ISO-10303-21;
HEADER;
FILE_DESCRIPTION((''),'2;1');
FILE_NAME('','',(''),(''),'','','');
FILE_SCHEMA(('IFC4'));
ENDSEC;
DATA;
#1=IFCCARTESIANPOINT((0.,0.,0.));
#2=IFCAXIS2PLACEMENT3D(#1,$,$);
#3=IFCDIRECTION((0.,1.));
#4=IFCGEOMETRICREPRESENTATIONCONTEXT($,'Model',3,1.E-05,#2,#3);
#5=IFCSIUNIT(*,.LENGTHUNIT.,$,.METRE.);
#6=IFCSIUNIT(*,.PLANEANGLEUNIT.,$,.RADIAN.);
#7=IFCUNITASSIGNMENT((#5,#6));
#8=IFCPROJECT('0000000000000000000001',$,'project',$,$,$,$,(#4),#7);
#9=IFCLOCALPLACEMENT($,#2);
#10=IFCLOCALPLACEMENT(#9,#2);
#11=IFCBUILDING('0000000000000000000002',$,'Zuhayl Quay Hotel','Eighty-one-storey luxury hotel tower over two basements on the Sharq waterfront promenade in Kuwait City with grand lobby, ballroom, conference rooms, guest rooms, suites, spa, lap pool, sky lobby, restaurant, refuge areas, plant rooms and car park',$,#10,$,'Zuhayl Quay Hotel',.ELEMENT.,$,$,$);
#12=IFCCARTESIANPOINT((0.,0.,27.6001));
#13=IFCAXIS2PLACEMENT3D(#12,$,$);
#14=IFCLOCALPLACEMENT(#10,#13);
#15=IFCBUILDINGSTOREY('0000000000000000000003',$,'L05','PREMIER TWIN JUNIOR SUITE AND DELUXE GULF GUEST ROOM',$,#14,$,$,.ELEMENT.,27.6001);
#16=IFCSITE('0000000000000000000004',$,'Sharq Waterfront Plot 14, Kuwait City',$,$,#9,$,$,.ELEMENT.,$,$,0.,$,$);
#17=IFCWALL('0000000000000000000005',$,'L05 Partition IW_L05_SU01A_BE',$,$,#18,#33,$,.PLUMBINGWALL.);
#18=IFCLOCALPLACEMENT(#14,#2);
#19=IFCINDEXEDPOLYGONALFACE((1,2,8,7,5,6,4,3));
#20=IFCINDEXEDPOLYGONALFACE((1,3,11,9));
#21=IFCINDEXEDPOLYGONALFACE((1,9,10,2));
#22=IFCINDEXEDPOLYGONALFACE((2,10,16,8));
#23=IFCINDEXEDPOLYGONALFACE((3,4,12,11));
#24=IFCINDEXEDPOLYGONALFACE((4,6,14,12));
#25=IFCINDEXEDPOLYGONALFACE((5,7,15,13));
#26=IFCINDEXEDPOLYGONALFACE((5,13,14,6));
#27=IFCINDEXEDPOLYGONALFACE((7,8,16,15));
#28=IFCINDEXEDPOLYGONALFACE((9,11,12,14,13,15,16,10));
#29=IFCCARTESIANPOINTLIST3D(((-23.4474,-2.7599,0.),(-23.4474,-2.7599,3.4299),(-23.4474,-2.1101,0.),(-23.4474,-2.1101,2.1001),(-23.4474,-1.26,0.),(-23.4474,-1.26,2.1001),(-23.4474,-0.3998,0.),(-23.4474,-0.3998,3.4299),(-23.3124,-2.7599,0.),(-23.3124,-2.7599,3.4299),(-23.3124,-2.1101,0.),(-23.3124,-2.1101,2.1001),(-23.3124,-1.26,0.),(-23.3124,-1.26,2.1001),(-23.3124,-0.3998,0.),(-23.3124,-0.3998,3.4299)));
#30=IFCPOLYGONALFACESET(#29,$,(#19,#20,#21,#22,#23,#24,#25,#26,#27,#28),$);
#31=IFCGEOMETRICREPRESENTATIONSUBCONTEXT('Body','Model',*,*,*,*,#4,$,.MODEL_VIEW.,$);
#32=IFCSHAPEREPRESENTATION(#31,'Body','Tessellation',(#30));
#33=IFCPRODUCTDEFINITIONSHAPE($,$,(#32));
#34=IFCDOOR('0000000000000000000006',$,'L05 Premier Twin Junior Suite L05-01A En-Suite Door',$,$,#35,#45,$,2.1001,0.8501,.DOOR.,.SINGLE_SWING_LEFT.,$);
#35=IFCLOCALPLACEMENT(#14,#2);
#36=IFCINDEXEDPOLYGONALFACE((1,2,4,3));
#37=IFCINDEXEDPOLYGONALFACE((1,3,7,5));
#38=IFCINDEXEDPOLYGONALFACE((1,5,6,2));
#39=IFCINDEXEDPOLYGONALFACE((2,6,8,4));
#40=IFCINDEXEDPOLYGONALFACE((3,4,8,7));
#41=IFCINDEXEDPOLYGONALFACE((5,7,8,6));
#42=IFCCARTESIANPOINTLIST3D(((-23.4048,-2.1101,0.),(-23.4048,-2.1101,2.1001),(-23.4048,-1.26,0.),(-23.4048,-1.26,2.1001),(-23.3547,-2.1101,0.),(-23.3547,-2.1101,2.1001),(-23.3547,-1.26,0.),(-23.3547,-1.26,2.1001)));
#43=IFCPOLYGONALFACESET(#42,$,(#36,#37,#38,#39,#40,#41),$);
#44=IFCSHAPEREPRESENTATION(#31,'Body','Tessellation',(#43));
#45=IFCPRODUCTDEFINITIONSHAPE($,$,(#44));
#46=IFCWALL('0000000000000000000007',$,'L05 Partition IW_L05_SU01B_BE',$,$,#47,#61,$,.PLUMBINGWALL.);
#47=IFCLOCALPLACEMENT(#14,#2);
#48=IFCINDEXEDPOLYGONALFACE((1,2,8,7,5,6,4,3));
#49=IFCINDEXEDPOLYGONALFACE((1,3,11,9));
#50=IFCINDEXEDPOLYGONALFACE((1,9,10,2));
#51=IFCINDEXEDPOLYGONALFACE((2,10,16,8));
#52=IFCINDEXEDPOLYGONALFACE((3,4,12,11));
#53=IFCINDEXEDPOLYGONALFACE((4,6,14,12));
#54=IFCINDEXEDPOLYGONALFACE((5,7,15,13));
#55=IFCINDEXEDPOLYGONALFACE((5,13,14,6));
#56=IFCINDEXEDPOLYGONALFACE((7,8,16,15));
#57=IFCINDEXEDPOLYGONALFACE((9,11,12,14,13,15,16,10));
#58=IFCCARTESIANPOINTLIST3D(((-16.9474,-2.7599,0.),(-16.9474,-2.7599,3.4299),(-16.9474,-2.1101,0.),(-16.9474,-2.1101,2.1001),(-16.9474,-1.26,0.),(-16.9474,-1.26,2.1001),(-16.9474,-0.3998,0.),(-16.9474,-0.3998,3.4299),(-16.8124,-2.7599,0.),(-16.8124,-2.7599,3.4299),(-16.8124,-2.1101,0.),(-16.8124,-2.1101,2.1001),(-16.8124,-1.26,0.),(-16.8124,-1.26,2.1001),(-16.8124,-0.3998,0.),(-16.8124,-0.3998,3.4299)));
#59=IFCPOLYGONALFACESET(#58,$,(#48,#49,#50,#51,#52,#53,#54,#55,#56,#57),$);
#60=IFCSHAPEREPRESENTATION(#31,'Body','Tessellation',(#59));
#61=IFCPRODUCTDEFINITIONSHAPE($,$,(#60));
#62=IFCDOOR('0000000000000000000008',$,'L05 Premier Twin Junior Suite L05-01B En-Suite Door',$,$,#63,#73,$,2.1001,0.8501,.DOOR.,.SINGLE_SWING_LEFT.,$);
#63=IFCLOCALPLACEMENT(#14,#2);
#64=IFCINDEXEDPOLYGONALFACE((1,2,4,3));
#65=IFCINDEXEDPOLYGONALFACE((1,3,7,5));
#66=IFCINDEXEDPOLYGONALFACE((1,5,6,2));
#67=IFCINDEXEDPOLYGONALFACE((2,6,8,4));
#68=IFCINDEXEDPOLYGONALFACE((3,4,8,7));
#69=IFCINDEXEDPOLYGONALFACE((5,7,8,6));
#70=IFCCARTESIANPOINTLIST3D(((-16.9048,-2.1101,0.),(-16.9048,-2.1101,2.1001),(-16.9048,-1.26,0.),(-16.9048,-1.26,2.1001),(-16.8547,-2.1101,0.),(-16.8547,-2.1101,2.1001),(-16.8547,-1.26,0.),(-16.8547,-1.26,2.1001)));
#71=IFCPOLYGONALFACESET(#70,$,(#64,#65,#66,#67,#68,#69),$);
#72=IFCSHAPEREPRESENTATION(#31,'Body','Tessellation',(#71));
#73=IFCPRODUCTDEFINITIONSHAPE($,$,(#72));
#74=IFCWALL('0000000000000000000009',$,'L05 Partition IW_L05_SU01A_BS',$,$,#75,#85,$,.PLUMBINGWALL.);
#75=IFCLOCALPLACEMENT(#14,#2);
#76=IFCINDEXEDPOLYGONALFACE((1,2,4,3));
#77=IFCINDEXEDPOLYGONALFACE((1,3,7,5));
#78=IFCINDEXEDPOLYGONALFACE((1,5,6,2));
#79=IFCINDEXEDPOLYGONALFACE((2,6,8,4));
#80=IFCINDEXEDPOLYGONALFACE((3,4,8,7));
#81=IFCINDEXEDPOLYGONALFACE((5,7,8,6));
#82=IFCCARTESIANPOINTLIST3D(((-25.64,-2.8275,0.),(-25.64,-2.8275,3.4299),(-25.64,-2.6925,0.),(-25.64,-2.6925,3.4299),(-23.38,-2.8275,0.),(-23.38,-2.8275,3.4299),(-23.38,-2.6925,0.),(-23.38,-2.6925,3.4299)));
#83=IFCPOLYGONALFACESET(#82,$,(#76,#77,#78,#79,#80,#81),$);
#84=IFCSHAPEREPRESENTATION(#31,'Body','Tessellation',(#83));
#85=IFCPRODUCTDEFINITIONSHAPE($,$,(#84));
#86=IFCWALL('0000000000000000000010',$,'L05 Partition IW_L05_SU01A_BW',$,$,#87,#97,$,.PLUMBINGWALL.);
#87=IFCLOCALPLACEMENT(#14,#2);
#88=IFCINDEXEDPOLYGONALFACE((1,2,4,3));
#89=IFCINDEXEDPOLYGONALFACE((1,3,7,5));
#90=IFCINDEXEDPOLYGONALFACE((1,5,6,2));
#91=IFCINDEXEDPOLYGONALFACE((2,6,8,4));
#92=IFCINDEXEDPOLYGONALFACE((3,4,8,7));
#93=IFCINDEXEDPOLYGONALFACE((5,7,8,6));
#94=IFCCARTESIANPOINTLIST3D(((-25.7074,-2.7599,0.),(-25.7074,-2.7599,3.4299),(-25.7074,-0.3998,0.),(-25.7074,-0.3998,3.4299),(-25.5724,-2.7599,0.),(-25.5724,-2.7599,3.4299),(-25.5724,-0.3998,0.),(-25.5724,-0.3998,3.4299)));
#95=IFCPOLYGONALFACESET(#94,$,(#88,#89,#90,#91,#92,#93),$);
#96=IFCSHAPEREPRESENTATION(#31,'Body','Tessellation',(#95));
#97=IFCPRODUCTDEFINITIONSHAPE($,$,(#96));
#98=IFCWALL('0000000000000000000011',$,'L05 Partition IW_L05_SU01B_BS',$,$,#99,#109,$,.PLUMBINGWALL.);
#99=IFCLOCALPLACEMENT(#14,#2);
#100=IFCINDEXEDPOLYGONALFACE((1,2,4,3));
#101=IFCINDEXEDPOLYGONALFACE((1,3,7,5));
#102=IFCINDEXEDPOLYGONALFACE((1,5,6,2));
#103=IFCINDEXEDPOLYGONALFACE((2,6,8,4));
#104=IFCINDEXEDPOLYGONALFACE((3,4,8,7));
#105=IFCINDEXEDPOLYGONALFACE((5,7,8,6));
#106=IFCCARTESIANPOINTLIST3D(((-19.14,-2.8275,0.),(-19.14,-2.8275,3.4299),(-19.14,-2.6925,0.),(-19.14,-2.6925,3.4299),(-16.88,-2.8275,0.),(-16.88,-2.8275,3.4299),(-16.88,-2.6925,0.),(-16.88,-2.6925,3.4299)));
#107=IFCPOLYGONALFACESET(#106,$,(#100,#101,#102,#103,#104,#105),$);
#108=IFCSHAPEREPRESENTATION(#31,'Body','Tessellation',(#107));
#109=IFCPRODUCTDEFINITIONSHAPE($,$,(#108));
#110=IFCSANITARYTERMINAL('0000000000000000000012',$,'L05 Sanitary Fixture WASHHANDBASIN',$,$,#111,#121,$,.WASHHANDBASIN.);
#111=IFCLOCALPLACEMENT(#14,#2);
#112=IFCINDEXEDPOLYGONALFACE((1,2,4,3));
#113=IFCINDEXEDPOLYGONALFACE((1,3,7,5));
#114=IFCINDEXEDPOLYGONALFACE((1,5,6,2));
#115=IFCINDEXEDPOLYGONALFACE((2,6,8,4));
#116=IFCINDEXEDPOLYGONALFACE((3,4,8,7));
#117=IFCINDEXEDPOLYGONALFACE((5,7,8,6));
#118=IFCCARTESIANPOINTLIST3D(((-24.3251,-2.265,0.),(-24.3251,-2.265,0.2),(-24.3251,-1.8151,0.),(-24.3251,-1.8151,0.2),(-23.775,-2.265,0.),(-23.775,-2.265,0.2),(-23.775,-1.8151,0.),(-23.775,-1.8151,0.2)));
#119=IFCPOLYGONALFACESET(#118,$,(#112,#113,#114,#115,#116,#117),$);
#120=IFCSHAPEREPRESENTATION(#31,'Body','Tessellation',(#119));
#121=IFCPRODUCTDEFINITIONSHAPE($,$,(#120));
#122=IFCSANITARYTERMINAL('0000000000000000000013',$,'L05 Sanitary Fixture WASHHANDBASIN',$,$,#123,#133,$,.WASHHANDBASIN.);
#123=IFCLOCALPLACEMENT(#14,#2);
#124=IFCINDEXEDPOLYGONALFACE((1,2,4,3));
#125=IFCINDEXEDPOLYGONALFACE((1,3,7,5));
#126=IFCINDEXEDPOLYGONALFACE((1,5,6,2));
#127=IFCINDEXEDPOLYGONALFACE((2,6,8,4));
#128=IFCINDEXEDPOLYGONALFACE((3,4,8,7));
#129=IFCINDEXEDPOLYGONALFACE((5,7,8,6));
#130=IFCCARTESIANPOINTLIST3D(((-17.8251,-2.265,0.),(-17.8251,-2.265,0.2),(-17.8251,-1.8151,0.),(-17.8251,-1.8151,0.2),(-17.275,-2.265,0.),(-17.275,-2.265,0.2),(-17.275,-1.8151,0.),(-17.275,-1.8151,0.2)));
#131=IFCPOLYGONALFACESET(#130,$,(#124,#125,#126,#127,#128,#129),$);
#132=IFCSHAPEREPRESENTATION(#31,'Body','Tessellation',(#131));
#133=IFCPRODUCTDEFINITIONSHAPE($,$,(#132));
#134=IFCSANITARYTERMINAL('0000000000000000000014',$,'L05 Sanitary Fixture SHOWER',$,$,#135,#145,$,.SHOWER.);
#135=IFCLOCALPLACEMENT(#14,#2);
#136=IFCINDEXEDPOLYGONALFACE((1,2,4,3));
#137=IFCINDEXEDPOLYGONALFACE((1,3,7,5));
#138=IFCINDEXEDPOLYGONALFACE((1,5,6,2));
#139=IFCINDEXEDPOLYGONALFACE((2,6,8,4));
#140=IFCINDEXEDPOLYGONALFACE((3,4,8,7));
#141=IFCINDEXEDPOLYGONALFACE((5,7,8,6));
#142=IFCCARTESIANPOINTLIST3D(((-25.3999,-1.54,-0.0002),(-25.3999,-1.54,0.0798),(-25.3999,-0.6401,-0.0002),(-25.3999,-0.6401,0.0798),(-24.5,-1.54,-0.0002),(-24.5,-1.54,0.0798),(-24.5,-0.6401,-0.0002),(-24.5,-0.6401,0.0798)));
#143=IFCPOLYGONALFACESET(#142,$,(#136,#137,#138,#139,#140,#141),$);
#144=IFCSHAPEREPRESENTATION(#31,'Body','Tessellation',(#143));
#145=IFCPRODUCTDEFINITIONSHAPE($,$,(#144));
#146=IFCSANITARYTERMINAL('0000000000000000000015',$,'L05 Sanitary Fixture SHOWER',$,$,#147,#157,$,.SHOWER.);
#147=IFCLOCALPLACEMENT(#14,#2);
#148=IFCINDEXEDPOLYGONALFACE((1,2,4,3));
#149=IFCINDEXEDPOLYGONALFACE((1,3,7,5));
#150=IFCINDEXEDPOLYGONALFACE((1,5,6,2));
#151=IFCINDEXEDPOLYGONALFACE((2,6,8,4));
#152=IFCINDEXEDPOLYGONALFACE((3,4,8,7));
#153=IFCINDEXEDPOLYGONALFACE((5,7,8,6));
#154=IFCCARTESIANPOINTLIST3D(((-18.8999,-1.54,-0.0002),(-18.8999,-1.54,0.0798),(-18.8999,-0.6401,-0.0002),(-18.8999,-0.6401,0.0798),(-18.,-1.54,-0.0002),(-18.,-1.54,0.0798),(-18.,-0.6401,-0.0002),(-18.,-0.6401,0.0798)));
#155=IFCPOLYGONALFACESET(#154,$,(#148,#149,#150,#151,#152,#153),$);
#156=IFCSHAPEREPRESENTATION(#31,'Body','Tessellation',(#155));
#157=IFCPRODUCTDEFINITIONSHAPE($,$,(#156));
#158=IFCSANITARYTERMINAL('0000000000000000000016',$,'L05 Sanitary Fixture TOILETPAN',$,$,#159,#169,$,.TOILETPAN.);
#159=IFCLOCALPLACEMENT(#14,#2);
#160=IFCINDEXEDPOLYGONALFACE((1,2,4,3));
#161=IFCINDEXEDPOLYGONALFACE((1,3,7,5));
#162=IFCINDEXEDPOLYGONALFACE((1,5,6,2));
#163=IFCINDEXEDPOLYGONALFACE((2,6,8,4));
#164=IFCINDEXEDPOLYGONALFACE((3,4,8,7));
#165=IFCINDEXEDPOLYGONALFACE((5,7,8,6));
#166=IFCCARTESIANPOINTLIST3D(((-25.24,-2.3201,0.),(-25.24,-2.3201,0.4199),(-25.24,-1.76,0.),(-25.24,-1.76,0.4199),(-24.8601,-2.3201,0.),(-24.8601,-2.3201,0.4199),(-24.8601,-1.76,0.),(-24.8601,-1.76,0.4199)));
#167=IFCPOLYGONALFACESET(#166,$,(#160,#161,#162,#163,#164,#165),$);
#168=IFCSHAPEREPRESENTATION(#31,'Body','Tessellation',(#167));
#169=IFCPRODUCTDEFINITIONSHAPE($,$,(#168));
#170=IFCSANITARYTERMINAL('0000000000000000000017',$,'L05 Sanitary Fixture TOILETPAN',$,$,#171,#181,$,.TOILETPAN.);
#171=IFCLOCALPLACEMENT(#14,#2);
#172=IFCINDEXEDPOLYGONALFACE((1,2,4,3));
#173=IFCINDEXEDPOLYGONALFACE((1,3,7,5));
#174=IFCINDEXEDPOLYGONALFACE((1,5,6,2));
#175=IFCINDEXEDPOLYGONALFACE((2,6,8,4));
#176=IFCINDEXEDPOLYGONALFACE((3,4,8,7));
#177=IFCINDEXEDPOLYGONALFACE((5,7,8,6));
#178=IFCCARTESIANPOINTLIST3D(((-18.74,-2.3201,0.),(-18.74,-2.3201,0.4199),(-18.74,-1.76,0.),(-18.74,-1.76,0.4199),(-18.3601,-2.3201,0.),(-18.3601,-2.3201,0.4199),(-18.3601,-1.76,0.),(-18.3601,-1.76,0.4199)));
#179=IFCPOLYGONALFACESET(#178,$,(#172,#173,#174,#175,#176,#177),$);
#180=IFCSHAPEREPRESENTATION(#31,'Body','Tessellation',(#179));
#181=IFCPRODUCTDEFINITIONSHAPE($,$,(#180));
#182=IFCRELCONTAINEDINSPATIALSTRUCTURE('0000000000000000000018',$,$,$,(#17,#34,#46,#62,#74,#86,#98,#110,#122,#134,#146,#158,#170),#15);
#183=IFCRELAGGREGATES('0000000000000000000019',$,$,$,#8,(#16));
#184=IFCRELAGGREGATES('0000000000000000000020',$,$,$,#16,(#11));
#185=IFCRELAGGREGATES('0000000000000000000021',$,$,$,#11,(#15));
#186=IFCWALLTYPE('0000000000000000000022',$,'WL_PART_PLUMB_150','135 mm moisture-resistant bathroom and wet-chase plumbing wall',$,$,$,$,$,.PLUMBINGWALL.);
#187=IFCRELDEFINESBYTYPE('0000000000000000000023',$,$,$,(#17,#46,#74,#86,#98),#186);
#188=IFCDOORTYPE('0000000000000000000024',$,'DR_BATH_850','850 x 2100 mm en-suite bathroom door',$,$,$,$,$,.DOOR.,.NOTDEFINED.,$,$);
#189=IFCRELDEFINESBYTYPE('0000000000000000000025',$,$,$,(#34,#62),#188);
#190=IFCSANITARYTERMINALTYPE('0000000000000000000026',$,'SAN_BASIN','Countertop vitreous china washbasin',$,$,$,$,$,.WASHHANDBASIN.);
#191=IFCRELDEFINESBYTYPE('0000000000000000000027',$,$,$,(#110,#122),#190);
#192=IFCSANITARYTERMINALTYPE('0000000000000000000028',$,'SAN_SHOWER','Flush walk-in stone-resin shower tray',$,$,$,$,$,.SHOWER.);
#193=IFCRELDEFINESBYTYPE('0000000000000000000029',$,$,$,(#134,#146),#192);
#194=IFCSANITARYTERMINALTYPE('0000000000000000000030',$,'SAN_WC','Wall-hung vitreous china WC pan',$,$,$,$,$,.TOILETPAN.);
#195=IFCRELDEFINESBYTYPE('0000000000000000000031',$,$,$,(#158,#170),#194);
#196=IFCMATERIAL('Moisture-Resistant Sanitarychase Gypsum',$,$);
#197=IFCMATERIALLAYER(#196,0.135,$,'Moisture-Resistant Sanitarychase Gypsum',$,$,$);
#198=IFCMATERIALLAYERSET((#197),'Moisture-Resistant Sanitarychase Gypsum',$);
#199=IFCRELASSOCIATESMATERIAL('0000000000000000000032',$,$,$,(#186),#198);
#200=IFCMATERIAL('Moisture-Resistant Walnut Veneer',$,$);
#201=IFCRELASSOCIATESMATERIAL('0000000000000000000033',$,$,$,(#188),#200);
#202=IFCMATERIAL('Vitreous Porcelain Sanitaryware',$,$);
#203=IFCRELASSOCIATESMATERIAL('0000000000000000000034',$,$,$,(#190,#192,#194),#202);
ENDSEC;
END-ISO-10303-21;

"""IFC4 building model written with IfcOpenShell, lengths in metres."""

from ifc_helpers import new_model, si_unit, direction, frame, frame_2d, origin, origin_2d, place, context, subcontext, project, spatial, rectangle, extrude, material, layer, layer_set, type_object, element, fill, save


model = new_model("IFC4")

# Units and contexts
model_context = context("Model", 3, precision=1e-05, world=origin(), true_north=direction((0.0, 1.0)))
body_context = subcontext(model_context, "Body", "Model", "MODEL_VIEW")
ifc_project = project(units=[si_unit("LENGTHUNIT", "METRE"), si_unit("PLANEANGLEUNIT", "RADIAN")], contexts=[model_context])

# Site, building, storey
site_placement = place(None, origin())
site = spatial("IfcSite", under=ifc_project, at=site_placement, Name="Sharq Waterfront Plot 14, Kuwait City", CompositionType="ELEMENT", RefElevation=0.0)
building_placement = place(site_placement, origin())
building = spatial("IfcBuilding", under=site, at=building_placement, Name="Zuhayl Quay Hotel", Description="Eighty-one-storey luxury hotel tower over two basements on the Sharq waterfront promenade in Kuwait City with grand lobby, ballroom, conference rooms, guest rooms, suites, spa, lap pool, sky lobby, restaurant, refuge areas, plant rooms and car park", LongName="Zuhayl Quay Hotel", CompositionType="ELEMENT")
storey_placement = place(building_placement, frame((0.0, 0.0, 27.6001)))
storey = spatial("IfcBuildingStorey", under=building, at=storey_placement, Name="L05", Description="PREMIER TWIN JUNIOR SUITE AND DELUXE GULF GUEST ROOM", CompositionType="ELEMENT", Elevation=27.6001)

# Walls, openings, doors
ifc_material_1 = material(Name="Moisture-Resistant Sanitarychase Gypsum")
ifc_layer_1 = layer(ifc_material_1, 0.135, Name="Moisture-Resistant Sanitarychase Gypsum")
ifc_layer_set_1 = layer_set([ifc_layer_1], Name="Moisture-Resistant Sanitarychase Gypsum")
wall_type_1 = type_object("IfcWallType", Name="WL_PART_PLUMB_150", Description="135 mm moisture-resistant bathroom and wet-chase plumbing wall", PredefinedType="PLUMBINGWALL", material=ifc_layer_set_1)
wall_1_placement = place(storey_placement, frame((-23.3799, -2.76, 0.0), z_axis=(0.0, 0.0, 1.0), x_axis=(0.0, 1.0, 0.0)))
wall_1 = element("IfcWall", 1, at=wall_1_placement, inside=storey, type_object=wall_type_1, Name="L05 Partition IW_L05_SU01A_BE", PredefinedType="PLUMBINGWALL", context=body_context, shape_type="SweptSolid", body=[
    extrude(rectangle(XDim=2.3601, YDim=0.135, at=frame_2d((1.1802, 0.0))), origin(), (0.0, 0.0, 1.0), 3.4299),
])
opening_1_placement = place(wall_1_placement, frame((0.6499, 0.0, 0.0)))
opening_1 = element("IfcOpeningElement", 2, at=opening_1_placement, cuts=wall_1, PredefinedType="OPENING", context=body_context, shape_type="SweptSolid", body=[
    extrude(rectangle(XDim=0.8501, YDim=2.1001, at=frame_2d((0.425, 1.05))), frame((0.0, 0.0774, 0.0), z_axis=(0.0, -1.0, 0.0), x_axis=(1.0, 0.0, 0.0)), (0.0, 0.0, 1.0), 0.155),
])
ifc_material_2 = material(Name="Moisture-Resistant Walnut Veneer")
door_type_1 = type_object("IfcDoorType", Name="DR_BATH_850", Description="850 x 2100 mm en-suite bathroom door", OperationType="NOTDEFINED", PredefinedType="DOOR", material=ifc_material_2)
door_1_placement = place(opening_1_placement, origin())
door_1 = element("IfcDoor", 3, at=door_1_placement, inside=storey, type_object=door_type_1, Name="L05 Premier Twin Junior Suite L05-01A En-Suite Door", OperationType="SINGLE_SWING_LEFT", OverallHeight=2.1001, OverallWidth=0.8501, PredefinedType="DOOR", context=body_context, shape_type="SweptSolid", body=[
    extrude(rectangle(XDim=0.8501, YDim=2.1001, at=frame_2d((0.425, 1.05))), frame((0.0, 0.0249, 0.0), z_axis=(0.0, -1.0, 0.0), x_axis=(1.0, 0.0, 0.0)), (0.0, 0.0, 1.0), 0.05),
])
fill(opening_1, door_1)
wall_2_placement = place(storey_placement, frame((-16.8799, -2.76, 0.0), z_axis=(0.0, 0.0, 1.0), x_axis=(0.0, 1.0, 0.0)))
wall_2 = element("IfcWall", 4, at=wall_2_placement, inside=storey, type_object=wall_type_1, Name="L05 Partition IW_L05_SU01B_BE", PredefinedType="PLUMBINGWALL", context=body_context, shape_type="SweptSolid", body=[
    extrude(rectangle(XDim=2.3601, YDim=0.135, at=frame_2d((1.1802, 0.0))), origin(), (0.0, 0.0, 1.0), 3.4299),
])
opening_2_placement = place(wall_2_placement, frame((0.6499, 0.0, 0.0)))
opening_2 = element("IfcOpeningElement", 5, at=opening_2_placement, cuts=wall_2, PredefinedType="OPENING", context=body_context, shape_type="SweptSolid", body=[
    extrude(rectangle(XDim=0.8501, YDim=2.1001, at=frame_2d((0.425, 1.05))), frame((0.0, 0.0774, 0.0), z_axis=(0.0, -1.0, 0.0), x_axis=(1.0, 0.0, 0.0)), (0.0, 0.0, 1.0), 0.155),
])
door_2_placement = place(opening_2_placement, origin())
door_2 = element("IfcDoor", 6, at=door_2_placement, inside=storey, type_object=door_type_1, Name="L05 Premier Twin Junior Suite L05-01B En-Suite Door", OperationType="SINGLE_SWING_LEFT", OverallHeight=2.1001, OverallWidth=0.8501, PredefinedType="DOOR", context=body_context, shape_type="SweptSolid", body=[
    extrude(rectangle(XDim=0.8501, YDim=2.1001, at=frame_2d((0.425, 1.05))), frame((0.0, 0.0249, 0.0), z_axis=(0.0, -1.0, 0.0), x_axis=(1.0, 0.0, 0.0)), (0.0, 0.0, 1.0), 0.05),
])
fill(opening_2, door_2)

# Walls
wall_3_placement = place(storey_placement, frame((-25.6399, -2.76, 0.0), z_axis=(0.0, 0.0, 1.0), x_axis=(1.0, 0.0, 0.0)))
element("IfcWall", 7, at=wall_3_placement, inside=storey, type_object=wall_type_1, Name="L05 Partition IW_L05_SU01A_BS", PredefinedType="PLUMBINGWALL", context=body_context, shape_type="SweptSolid", body=[
    extrude(rectangle(XDim=2.26, YDim=0.135, at=frame_2d((1.1299, 0.0))), origin(), (0.0, 0.0, 1.0), 3.4299),
])
wall_4_placement = place(storey_placement, frame((-25.6399, -2.76, 0.0), z_axis=(0.0, 0.0, 1.0), x_axis=(0.0, 1.0, 0.0)))
element("IfcWall", 8, at=wall_4_placement, inside=storey, type_object=wall_type_1, Name="L05 Partition IW_L05_SU01A_BW", PredefinedType="PLUMBINGWALL", context=body_context, shape_type="SweptSolid", body=[
    extrude(rectangle(XDim=2.3601, YDim=0.135, at=frame_2d((1.1802, 0.0))), origin(), (0.0, 0.0, 1.0), 3.4299),
])
wall_5_placement = place(storey_placement, frame((-19.1399, -2.76, 0.0), z_axis=(0.0, 0.0, 1.0), x_axis=(1.0, 0.0, 0.0)))
element("IfcWall", 9, at=wall_5_placement, inside=storey, type_object=wall_type_1, Name="L05 Partition IW_L05_SU01B_BS", PredefinedType="PLUMBINGWALL", context=body_context, shape_type="SweptSolid", body=[
    extrude(rectangle(XDim=2.26, YDim=0.135, at=frame_2d((1.1299, 0.0))), origin(), (0.0, 0.0, 1.0), 3.4299),
])

# Sanitary terminals
ifc_material_3 = material(Name="Vitreous Porcelain Sanitaryware")
sanitary_terminal_type_1 = type_object("IfcSanitaryTerminalType", Name="SAN_BASIN", Description="Countertop vitreous china washbasin", PredefinedType="WASHHANDBASIN", material=ifc_material_3)
for number, where, z_axis, x_axis, name in (
    (10, (-24.05, -2.04, 0.0), (0.0, 0.0, 1.0), (1.0, 0.0, 0.0), "L05 Sanitary Fixture WASHHANDBASIN"),
    (11, (-17.55, -2.04, 0.0), (0.0, 0.0, 1.0), (1.0, 0.0, 0.0), "L05 Sanitary Fixture WASHHANDBASIN"),
):
    element("IfcSanitaryTerminal", number, at=place(storey_placement, frame(where, z_axis=z_axis, x_axis=x_axis)), inside=storey, type_object=sanitary_terminal_type_1, Name=name, PredefinedType="WASHHANDBASIN", context=body_context, shape_type="SweptSolid", body=[
        extrude(rectangle(XDim=0.55, YDim=0.45, at=origin_2d()), origin(), (0.0, 0.0, 1.0), 0.2),
    ])
sanitary_terminal_type_2 = type_object("IfcSanitaryTerminalType", Name="SAN_SHOWER", Description="Flush walk-in stone-resin shower tray", PredefinedType="SHOWER", material=ifc_material_3)
for number, where, z_axis, x_axis, name in (
    (12, (-24.95, -1.0901, -0.0002), (0.0, 0.0, 1.0), (1.0, 0.0, 0.0), "L05 Sanitary Fixture SHOWER"),
    (13, (-18.45, -1.0901, -0.0002), (0.0, 0.0, 1.0), (1.0, 0.0, 0.0), "L05 Sanitary Fixture SHOWER"),
):
    element("IfcSanitaryTerminal", number, at=place(storey_placement, frame(where, z_axis=z_axis, x_axis=x_axis)), inside=storey, type_object=sanitary_terminal_type_2, Name=name, PredefinedType="SHOWER", context=body_context, shape_type="SweptSolid", body=[
        extrude(rectangle(XDim=0.8999, YDim=0.8999, at=origin_2d()), origin(), (0.0, 0.0, 1.0), 0.0801),
    ])
sanitary_terminal_type_3 = type_object("IfcSanitaryTerminalType", Name="SAN_WC", Description="Wall-hung vitreous china WC pan", PredefinedType="TOILETPAN", material=ifc_material_3)
for number, where, z_axis, x_axis, name in (
    (14, (-25.05, -2.04, 0.0), (0.0, 0.0, 1.0), (1.0, 0.0, 0.0), "L05 Sanitary Fixture TOILETPAN"),
    (15, (-18.55, -2.04, 0.0), (0.0, 0.0, 1.0), (1.0, 0.0, 0.0), "L05 Sanitary Fixture TOILETPAN"),
):
    element("IfcSanitaryTerminal", number, at=place(storey_placement, frame(where, z_axis=z_axis, x_axis=x_axis)), inside=storey, type_object=sanitary_terminal_type_3, Name=name, PredefinedType="TOILETPAN", context=body_context, shape_type="SweptSolid", body=[
        extrude(rectangle(XDim=0.3799, YDim=0.5601, at=origin_2d()), origin(), (0.0, 0.0, 1.0), 0.4199),
    ])

save(model, "model.ifc")
